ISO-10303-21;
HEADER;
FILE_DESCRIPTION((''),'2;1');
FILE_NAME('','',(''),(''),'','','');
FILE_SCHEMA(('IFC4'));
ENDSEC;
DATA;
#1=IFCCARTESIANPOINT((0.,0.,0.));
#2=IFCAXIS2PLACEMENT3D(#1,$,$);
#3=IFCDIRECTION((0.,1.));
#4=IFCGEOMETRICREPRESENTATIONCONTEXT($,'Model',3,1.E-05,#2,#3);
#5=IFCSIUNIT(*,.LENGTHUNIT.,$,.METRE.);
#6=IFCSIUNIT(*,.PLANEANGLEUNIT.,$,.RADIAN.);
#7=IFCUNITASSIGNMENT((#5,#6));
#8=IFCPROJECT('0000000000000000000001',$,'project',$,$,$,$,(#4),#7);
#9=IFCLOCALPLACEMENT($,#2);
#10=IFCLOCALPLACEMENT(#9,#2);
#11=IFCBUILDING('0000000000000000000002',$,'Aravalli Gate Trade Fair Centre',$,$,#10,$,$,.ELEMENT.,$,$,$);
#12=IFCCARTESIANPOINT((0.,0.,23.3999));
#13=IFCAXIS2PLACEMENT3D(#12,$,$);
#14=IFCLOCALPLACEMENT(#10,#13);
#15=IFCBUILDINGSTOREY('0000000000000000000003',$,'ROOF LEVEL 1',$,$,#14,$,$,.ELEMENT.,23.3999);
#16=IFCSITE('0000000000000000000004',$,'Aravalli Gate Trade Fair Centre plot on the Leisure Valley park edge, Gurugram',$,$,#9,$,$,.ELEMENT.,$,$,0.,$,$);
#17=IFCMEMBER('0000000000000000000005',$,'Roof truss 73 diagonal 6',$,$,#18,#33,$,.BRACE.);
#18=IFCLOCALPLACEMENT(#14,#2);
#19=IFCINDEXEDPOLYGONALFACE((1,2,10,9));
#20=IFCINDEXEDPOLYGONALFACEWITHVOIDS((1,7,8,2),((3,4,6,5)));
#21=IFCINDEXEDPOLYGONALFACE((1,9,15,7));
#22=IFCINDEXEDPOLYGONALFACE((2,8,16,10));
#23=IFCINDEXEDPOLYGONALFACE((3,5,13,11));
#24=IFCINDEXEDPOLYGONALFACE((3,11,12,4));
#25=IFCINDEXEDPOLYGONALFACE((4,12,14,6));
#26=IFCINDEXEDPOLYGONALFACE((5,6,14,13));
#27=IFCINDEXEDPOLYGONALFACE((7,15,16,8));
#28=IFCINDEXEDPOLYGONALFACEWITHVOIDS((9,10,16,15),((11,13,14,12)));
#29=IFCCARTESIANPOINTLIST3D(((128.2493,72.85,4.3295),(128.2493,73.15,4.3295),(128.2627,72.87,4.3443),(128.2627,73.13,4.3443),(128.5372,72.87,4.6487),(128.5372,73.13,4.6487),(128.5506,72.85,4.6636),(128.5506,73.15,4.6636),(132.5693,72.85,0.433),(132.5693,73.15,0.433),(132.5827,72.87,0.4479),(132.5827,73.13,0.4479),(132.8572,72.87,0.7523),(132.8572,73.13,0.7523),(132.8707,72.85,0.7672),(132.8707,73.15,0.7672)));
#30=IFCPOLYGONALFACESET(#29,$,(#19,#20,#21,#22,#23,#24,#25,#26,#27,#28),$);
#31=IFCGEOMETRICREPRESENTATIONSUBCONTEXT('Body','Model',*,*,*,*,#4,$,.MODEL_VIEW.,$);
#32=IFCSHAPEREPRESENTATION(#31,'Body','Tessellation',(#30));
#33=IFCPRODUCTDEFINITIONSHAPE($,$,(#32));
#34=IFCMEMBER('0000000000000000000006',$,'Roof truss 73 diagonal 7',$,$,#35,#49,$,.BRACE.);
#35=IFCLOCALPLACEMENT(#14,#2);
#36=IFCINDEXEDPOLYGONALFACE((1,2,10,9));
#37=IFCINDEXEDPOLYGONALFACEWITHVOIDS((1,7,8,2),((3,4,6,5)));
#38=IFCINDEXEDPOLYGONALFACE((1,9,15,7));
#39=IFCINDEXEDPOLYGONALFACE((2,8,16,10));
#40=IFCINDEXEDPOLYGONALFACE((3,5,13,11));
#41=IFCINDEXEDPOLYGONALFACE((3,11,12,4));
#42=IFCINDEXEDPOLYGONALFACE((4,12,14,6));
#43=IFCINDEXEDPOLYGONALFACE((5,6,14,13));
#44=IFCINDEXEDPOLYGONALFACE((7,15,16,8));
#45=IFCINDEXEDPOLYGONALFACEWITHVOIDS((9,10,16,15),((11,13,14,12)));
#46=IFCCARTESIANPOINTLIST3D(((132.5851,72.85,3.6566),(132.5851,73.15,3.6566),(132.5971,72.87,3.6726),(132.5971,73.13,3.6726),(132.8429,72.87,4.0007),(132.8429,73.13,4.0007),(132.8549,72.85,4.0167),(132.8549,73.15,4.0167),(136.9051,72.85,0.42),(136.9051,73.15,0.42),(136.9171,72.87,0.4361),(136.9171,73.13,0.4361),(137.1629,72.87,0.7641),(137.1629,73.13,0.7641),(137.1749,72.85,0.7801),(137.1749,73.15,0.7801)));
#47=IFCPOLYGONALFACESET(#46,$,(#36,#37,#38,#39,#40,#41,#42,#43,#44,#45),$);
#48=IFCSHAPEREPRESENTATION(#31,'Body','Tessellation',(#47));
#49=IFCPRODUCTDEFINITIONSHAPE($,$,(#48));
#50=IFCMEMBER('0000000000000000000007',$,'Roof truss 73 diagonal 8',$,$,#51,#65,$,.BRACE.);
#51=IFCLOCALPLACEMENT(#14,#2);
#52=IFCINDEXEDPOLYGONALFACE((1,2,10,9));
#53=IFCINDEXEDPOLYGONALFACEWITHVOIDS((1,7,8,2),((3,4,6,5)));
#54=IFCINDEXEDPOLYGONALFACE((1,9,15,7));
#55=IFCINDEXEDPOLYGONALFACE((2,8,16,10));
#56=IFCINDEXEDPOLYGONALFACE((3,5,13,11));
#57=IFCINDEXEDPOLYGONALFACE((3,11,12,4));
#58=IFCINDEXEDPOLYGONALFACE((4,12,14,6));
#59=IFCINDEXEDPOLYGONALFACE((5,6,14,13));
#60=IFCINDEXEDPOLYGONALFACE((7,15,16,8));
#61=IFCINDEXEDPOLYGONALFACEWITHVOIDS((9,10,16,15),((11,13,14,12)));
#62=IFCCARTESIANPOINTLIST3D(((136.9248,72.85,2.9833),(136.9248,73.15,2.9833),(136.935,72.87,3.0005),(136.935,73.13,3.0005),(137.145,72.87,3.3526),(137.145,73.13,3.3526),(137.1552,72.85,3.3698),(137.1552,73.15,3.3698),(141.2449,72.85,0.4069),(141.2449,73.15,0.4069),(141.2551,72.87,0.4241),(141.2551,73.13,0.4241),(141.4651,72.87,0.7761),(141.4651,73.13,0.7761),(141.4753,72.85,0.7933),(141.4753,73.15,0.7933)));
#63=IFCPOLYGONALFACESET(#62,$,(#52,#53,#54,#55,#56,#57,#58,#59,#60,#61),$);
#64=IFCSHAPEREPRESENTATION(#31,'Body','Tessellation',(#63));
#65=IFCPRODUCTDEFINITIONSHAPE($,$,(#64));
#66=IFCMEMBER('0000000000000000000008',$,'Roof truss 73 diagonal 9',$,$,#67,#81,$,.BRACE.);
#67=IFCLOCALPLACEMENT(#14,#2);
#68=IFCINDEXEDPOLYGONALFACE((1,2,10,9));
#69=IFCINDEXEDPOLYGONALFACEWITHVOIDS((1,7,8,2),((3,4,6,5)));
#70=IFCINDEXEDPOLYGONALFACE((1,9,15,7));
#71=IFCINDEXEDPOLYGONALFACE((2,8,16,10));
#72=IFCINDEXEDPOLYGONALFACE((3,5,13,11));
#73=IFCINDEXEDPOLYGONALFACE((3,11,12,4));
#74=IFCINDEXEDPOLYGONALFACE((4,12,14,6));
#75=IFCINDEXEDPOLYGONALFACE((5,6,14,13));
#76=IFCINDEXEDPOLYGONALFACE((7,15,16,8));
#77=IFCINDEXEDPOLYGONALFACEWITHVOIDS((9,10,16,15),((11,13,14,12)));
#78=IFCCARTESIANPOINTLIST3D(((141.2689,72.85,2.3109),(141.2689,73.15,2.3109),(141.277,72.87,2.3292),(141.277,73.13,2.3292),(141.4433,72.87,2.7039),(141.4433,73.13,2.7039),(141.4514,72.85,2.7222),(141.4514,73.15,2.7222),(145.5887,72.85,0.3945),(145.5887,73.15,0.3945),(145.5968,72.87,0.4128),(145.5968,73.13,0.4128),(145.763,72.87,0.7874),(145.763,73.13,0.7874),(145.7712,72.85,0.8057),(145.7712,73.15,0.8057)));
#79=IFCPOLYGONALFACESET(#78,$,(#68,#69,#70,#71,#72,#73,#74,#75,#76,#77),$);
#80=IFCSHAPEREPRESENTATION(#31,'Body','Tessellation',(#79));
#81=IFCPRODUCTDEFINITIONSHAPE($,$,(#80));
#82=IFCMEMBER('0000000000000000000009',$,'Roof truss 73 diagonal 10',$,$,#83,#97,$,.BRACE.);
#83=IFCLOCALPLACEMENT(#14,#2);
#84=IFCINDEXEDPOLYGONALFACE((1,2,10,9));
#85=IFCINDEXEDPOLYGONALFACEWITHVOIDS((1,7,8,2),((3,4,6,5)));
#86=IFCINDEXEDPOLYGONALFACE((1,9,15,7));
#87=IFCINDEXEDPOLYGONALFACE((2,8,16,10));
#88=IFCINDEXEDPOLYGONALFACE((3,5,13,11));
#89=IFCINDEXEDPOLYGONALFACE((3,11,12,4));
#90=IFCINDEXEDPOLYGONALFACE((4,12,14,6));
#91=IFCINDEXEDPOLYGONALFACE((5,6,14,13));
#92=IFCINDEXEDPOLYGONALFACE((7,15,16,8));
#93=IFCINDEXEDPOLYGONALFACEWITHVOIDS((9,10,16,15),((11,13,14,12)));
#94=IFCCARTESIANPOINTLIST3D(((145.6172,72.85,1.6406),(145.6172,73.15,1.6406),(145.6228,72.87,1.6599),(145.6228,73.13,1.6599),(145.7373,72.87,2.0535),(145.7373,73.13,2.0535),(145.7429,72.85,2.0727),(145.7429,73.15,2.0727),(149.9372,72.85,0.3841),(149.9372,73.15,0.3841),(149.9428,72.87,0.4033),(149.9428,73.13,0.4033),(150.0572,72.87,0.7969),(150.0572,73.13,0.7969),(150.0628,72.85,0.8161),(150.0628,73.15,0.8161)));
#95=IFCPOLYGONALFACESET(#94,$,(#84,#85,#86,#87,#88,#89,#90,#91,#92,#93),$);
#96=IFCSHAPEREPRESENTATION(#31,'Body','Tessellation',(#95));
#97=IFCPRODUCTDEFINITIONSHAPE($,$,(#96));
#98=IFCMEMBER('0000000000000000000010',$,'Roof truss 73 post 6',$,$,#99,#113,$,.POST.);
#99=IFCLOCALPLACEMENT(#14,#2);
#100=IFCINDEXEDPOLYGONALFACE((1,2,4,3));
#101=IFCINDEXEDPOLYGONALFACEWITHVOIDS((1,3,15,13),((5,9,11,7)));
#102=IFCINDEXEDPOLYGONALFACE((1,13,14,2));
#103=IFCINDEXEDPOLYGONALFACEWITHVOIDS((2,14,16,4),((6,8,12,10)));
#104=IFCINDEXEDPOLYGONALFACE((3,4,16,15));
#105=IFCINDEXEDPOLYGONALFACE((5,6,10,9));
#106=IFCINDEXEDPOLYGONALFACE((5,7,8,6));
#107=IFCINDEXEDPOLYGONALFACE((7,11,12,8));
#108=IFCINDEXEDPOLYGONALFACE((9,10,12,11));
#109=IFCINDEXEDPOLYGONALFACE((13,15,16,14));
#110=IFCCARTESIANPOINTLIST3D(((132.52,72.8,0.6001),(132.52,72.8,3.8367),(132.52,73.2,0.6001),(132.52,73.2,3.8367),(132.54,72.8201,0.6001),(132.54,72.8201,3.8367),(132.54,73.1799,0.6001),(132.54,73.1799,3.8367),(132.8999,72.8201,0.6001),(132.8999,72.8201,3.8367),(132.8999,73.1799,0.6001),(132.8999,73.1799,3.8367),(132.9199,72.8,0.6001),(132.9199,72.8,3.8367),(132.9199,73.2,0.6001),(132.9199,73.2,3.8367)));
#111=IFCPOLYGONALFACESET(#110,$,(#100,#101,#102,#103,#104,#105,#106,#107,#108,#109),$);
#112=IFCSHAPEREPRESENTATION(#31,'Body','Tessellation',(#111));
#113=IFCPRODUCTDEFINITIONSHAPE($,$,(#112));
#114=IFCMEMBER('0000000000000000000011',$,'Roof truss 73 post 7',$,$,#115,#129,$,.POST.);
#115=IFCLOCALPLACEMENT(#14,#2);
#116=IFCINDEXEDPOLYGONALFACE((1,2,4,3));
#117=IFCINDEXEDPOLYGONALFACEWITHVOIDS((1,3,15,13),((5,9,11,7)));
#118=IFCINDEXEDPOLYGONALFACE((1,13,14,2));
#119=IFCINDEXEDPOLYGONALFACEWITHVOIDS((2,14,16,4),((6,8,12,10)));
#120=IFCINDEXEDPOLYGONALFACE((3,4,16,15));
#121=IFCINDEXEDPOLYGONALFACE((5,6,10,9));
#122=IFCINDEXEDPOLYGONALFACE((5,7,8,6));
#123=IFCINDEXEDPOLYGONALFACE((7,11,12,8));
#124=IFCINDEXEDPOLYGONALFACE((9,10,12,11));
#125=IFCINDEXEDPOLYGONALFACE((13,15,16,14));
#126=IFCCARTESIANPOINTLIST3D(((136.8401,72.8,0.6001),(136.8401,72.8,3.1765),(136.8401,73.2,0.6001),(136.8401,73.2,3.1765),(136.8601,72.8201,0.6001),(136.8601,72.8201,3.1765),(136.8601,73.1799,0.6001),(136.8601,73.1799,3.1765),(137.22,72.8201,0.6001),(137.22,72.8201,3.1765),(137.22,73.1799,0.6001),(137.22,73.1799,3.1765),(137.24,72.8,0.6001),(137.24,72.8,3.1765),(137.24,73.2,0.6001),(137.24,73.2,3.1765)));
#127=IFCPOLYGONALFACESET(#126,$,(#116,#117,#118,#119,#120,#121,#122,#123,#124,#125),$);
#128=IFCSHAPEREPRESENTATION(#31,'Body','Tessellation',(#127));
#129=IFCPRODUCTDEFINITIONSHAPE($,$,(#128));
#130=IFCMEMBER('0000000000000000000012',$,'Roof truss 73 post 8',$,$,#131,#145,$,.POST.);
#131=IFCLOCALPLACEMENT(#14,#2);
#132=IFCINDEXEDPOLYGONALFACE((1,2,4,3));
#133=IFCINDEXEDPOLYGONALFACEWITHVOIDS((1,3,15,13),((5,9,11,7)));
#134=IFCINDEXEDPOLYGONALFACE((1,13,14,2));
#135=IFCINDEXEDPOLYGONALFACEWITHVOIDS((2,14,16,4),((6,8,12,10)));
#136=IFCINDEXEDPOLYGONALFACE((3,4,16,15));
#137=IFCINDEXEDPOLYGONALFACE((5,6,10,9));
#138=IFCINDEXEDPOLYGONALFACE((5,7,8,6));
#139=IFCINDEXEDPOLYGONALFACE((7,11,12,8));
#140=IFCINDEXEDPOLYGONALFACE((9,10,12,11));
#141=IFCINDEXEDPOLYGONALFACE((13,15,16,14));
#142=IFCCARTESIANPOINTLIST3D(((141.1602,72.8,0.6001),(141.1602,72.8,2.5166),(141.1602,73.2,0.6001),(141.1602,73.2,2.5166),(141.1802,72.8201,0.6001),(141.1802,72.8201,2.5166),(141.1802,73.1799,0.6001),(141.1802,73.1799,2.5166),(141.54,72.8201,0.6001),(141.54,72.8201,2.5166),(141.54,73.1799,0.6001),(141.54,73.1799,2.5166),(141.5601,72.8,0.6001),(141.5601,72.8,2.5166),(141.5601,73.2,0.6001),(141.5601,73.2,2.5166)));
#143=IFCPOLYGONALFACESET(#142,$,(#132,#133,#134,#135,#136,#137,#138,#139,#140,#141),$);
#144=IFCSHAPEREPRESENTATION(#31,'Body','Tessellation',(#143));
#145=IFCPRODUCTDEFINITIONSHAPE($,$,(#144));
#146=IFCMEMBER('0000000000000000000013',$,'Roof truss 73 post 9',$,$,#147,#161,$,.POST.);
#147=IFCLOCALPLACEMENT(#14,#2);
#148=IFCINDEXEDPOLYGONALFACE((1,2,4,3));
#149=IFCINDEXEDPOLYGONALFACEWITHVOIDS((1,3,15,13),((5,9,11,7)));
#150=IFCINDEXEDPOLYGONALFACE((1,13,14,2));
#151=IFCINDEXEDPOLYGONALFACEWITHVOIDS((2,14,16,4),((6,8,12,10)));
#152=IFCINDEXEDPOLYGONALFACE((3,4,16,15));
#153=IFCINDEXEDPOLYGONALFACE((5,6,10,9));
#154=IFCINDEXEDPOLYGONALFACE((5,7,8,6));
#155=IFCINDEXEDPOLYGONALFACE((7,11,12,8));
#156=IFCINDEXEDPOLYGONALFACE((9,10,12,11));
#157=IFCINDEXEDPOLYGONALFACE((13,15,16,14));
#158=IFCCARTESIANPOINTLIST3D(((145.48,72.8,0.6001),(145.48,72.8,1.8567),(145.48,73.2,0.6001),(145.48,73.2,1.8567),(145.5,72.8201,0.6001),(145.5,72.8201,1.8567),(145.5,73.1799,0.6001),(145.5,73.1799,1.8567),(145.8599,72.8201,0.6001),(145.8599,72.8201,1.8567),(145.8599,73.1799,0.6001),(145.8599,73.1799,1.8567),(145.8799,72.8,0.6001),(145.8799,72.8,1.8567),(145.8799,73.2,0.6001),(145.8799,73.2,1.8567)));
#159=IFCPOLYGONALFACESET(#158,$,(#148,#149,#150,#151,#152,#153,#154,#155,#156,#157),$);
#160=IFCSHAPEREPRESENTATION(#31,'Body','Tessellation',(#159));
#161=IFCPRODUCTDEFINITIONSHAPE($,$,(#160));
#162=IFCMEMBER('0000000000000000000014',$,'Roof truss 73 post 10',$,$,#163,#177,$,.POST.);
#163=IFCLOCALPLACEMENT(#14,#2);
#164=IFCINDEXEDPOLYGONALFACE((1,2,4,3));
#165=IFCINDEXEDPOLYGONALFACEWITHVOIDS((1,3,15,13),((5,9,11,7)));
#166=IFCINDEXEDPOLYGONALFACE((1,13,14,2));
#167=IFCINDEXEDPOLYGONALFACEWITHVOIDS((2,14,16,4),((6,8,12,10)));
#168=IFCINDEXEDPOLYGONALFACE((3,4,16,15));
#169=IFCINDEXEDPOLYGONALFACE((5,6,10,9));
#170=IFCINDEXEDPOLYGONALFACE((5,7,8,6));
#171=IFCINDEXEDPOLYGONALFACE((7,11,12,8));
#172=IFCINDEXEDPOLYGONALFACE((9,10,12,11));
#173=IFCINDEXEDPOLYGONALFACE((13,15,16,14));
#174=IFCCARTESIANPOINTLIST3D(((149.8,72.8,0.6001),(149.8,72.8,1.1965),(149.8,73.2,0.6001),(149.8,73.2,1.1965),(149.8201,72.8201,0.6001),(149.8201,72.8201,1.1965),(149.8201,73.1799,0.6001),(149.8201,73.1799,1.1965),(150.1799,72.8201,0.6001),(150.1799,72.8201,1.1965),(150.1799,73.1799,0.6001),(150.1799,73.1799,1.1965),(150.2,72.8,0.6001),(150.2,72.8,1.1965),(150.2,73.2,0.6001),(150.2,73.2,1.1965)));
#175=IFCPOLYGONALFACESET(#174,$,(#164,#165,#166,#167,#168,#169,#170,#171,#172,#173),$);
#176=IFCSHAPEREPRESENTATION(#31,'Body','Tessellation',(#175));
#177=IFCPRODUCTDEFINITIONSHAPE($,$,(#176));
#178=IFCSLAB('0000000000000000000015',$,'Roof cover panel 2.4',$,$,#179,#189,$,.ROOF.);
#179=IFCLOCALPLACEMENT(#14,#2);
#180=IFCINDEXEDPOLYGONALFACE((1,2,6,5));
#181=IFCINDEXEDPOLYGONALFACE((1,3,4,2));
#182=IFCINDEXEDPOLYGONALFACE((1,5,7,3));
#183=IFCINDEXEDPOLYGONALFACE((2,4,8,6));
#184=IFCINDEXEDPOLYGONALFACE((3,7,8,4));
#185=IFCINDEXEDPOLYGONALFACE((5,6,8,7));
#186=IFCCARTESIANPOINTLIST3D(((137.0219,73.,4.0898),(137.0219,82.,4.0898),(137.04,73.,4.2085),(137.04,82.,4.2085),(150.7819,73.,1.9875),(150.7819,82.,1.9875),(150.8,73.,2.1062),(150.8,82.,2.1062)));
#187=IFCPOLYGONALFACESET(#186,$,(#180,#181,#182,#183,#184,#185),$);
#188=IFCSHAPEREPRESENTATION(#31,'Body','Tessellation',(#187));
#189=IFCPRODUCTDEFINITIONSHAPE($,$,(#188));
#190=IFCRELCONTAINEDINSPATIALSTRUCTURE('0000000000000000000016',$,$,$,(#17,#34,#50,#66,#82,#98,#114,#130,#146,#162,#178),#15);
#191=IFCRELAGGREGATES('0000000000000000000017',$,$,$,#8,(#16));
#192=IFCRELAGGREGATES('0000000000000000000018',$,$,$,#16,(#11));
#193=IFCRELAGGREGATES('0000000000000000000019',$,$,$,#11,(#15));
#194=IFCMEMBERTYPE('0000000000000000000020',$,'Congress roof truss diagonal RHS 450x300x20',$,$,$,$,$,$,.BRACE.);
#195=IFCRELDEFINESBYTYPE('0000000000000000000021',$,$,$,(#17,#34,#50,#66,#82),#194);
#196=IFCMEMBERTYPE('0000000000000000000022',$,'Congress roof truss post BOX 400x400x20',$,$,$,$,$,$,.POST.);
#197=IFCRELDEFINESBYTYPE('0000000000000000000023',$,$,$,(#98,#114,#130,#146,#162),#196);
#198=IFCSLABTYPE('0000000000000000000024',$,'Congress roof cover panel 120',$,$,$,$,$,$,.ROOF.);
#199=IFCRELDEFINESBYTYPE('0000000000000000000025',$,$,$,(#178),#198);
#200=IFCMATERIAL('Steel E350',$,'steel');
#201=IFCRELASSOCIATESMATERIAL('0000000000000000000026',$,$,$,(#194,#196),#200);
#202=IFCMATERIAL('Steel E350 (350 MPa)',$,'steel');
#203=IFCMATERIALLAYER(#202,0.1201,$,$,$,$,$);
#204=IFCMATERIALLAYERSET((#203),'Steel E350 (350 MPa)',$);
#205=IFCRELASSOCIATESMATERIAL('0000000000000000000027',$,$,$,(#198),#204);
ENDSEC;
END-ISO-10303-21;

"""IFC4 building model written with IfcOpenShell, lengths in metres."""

from ifc_helpers import new_model, si_unit, direction, frame, origin, origin_2d, place, context, subcontext, project, spatial, polyline, hollow_rectangle, outline, extrude, material, layer, layer_set, material_profile, profile_set, type_object, element, save


model = new_model("IFC4")

# Units and contexts
model_context = context("Model", 3, precision=1e-05, world=origin(), true_north=direction((0.0, 1.0)))
body_context = subcontext(model_context, "Body", "Model", "MODEL_VIEW")
ifc_project = project(units=[si_unit("LENGTHUNIT", "METRE"), si_unit("PLANEANGLEUNIT", "RADIAN")], contexts=[model_context])

# Site, building, storey
site_placement = place(None, origin())
site = spatial("IfcSite", under=ifc_project, at=site_placement, Name="Aravalli Gate Trade Fair Centre plot on the Leisure Valley park edge, Gurugram", CompositionType="ELEMENT", RefElevation=0.0)
building_placement = place(site_placement, origin())
building = spatial("IfcBuilding", under=site, at=building_placement, Name="Aravalli Gate Trade Fair Centre", CompositionType="ELEMENT")
storey_placement = place(building_placement, frame((0.0, 0.0, 23.3999)))
storey = spatial("IfcBuildingStorey", under=building, at=storey_placement, Name="ROOF LEVEL 1", CompositionType="ELEMENT", Elevation=23.3999)

# Members
ifc_material_1 = material(Name="Steel E350", Category="steel")
ifc_material_profile_1 = material_profile(ifc_material_1, hollow_rectangle(XDim=0.3, YDim=0.45, WallThickness=0.02, at=origin_2d()), Name="RHS 450x300x20")
ifc_profile_set_1 = profile_set([ifc_material_profile_1], Name="Steel E350")
member_type_1 = type_object("IfcMemberType", Name="Congress roof truss diagonal RHS 450x300x20", PredefinedType="BRACE", material=ifc_profile_set_1)
member_1_placement = place(storey_placement, frame((132.72, 73.0, 0.6001), z_axis=(-0.742574, 0.0, 0.669764), x_axis=(0.0, -1.0, 0.0)))
element("IfcMember", 1, at=member_1_placement, inside=storey, type_object=member_type_1, Name="Roof truss 73 diagonal 6", PredefinedType="BRACE", context=body_context, shape_type="SweptSolid", body=[
    extrude(hollow_rectangle(XDim=0.3, YDim=0.45, WallThickness=0.02, at=origin_2d()), origin(), (0.0, 0.0, 1.0), 5.8176),
])
member_2_placement = place(storey_placement, frame((137.04, 73.0, 0.6001), z_axis=(-0.800309, 0.0, 0.599587), x_axis=(0.0, -1.0, 0.0)))
element("IfcMember", 2, at=member_2_placement, inside=storey, type_object=member_type_1, Name="Roof truss 73 diagonal 7", PredefinedType="BRACE", context=body_context, shape_type="SweptSolid", body=[
    extrude(hollow_rectangle(XDim=0.3, YDim=0.45, WallThickness=0.02, at=origin_2d()), origin(), (0.0, 0.0, 1.0), 5.3979),
])
member_3_placement = place(storey_placement, frame((141.3601, 73.0, 0.6001), z_axis=(-0.85886, 0.0, 0.51221), x_axis=(0.0, -1.0, 0.0)))
element("IfcMember", 3, at=member_3_placement, inside=storey, type_object=member_type_1, Name="Roof truss 73 diagonal 8", PredefinedType="BRACE", context=body_context, shape_type="SweptSolid", body=[
    extrude(hollow_rectangle(XDim=0.3, YDim=0.45, WallThickness=0.02, at=origin_2d()), origin(), (0.0, 0.0, 1.0), 5.03),
])
member_4_placement = place(storey_placement, frame((145.6799, 73.0, 0.6001), z_axis=(-0.91408, 0.0, 0.405534), x_axis=(0.0, -1.0, 0.0)))
element("IfcMember", 4, at=member_4_placement, inside=storey, type_object=member_type_1, Name="Roof truss 73 diagonal 9", PredefinedType="BRACE", context=body_context, shape_type="SweptSolid", body=[
    extrude(hollow_rectangle(XDim=0.3, YDim=0.45, WallThickness=0.02, at=origin_2d()), origin(), (0.0, 0.0, 1.0), 4.7258),
])
member_5_placement = place(storey_placement, frame((150.0, 73.0, 0.6001), z_axis=(-0.960205, 0.0, 0.279298), x_axis=(0.0, -1.0, 0.0)))
element("IfcMember", 5, at=member_5_placement, inside=storey, type_object=member_type_1, Name="Roof truss 73 diagonal 10", PredefinedType="BRACE", context=body_context, shape_type="SweptSolid", body=[
    extrude(hollow_rectangle(XDim=0.3, YDim=0.45, WallThickness=0.02, at=origin_2d()), origin(), (0.0, 0.0, 1.0), 4.499),
])
ifc_material_profile_2 = material_profile(ifc_material_1, hollow_rectangle(XDim=0.3999, YDim=0.3999, WallThickness=0.02, at=origin_2d()), Name="BOX 400x400x20")
ifc_profile_set_2 = profile_set([ifc_material_profile_2], Name="Steel E350")
member_type_2 = type_object("IfcMemberType", Name="Congress roof truss post BOX 400x400x20", PredefinedType="POST", material=ifc_profile_set_2)
member_6_placement = place(storey_placement, frame((132.72, 73.0, 0.6001), z_axis=(0.0, 0.0, 1.0), x_axis=(1.0, 0.0, 0.0)))
element("IfcMember", 6, at=member_6_placement, inside=storey, type_object=member_type_2, Name="Roof truss 73 post 6", PredefinedType="POST", context=body_context, shape_type="SweptSolid", body=[
    extrude(hollow_rectangle(XDim=0.3999, YDim=0.3999, WallThickness=0.02, at=origin_2d()), origin(), (0.0, 0.0, 1.0), 3.2366),
])
member_7_placement = place(storey_placement, frame((137.04, 73.0, 0.6001), z_axis=(0.0, 0.0, 1.0), x_axis=(1.0, 0.0, 0.0)))
element("IfcMember", 7, at=member_7_placement, inside=storey, type_object=member_type_2, Name="Roof truss 73 post 7", PredefinedType="POST", context=body_context, shape_type="SweptSolid", body=[
    extrude(hollow_rectangle(XDim=0.3999, YDim=0.3999, WallThickness=0.02, at=origin_2d()), origin(), (0.0, 0.0, 1.0), 2.5764),
])
member_8_placement = place(storey_placement, frame((141.3601, 73.0, 0.6001), z_axis=(0.0, 0.0, 1.0), x_axis=(1.0, 0.0, 0.0)))
element("IfcMember", 8, at=member_8_placement, inside=storey, type_object=member_type_2, Name="Roof truss 73 post 8", PredefinedType="POST", context=body_context, shape_type="SweptSolid", body=[
    extrude(hollow_rectangle(XDim=0.3999, YDim=0.3999, WallThickness=0.02, at=origin_2d()), origin(), (0.0, 0.0, 1.0), 1.9165),
])
member_9_placement = place(storey_placement, frame((145.6799, 73.0, 0.6001), z_axis=(0.0, 0.0, 1.0), x_axis=(1.0, 0.0, 0.0)))
element("IfcMember", 9, at=member_9_placement, inside=storey, type_object=member_type_2, Name="Roof truss 73 post 9", PredefinedType="POST", context=body_context, shape_type="SweptSolid", body=[
    extrude(hollow_rectangle(XDim=0.3999, YDim=0.3999, WallThickness=0.02, at=origin_2d()), origin(), (0.0, 0.0, 1.0), 1.2566),
])
member_10_placement = place(storey_placement, frame((150.0, 73.0, 0.6001), z_axis=(0.0, 0.0, 1.0), x_axis=(1.0, 0.0, 0.0)))
element("IfcMember", 10, at=member_10_placement, inside=storey, type_object=member_type_2, Name="Roof truss 73 post 10", PredefinedType="POST", context=body_context, shape_type="SweptSolid", body=[
    extrude(hollow_rectangle(XDim=0.3999, YDim=0.3999, WallThickness=0.02, at=origin_2d()), origin(), (0.0, 0.0, 1.0), 0.5964),
])

# Slab
ifc_material_2 = material(Name="Steel E350 (350 MPa)", Category="steel")
ifc_layer_1 = layer(ifc_material_2, 0.1201)
ifc_layer_set_1 = layer_set([ifc_layer_1], Name="Steel E350 (350 MPa)")
slab_type = type_object("IfcSlabType", Name="Congress roof cover panel 120", PredefinedType="ROOF", material=ifc_layer_set_1)
slab_placement = place(storey_placement, frame((137.04, 73.0, 4.2085), z_axis=(0.15103, 0.0, 0.988529), x_axis=(0.988529, 0.0, -0.15103)))
element("IfcSlab", 11, at=slab_placement, inside=storey, type_object=slab_type, Name="Roof cover panel 2.4", PredefinedType="ROOF", context=body_context, shape_type="SweptSolid", body=[
    extrude(outline(polyline([(0.0, 0.0), (13.9197, 0.0), (13.9197, 9.0), (0.0, 9.0), (0.0, 0.0)])), origin(), (0.0, 0.0, -1.0), 0.1201),
])

save(model, "model.ifc")
